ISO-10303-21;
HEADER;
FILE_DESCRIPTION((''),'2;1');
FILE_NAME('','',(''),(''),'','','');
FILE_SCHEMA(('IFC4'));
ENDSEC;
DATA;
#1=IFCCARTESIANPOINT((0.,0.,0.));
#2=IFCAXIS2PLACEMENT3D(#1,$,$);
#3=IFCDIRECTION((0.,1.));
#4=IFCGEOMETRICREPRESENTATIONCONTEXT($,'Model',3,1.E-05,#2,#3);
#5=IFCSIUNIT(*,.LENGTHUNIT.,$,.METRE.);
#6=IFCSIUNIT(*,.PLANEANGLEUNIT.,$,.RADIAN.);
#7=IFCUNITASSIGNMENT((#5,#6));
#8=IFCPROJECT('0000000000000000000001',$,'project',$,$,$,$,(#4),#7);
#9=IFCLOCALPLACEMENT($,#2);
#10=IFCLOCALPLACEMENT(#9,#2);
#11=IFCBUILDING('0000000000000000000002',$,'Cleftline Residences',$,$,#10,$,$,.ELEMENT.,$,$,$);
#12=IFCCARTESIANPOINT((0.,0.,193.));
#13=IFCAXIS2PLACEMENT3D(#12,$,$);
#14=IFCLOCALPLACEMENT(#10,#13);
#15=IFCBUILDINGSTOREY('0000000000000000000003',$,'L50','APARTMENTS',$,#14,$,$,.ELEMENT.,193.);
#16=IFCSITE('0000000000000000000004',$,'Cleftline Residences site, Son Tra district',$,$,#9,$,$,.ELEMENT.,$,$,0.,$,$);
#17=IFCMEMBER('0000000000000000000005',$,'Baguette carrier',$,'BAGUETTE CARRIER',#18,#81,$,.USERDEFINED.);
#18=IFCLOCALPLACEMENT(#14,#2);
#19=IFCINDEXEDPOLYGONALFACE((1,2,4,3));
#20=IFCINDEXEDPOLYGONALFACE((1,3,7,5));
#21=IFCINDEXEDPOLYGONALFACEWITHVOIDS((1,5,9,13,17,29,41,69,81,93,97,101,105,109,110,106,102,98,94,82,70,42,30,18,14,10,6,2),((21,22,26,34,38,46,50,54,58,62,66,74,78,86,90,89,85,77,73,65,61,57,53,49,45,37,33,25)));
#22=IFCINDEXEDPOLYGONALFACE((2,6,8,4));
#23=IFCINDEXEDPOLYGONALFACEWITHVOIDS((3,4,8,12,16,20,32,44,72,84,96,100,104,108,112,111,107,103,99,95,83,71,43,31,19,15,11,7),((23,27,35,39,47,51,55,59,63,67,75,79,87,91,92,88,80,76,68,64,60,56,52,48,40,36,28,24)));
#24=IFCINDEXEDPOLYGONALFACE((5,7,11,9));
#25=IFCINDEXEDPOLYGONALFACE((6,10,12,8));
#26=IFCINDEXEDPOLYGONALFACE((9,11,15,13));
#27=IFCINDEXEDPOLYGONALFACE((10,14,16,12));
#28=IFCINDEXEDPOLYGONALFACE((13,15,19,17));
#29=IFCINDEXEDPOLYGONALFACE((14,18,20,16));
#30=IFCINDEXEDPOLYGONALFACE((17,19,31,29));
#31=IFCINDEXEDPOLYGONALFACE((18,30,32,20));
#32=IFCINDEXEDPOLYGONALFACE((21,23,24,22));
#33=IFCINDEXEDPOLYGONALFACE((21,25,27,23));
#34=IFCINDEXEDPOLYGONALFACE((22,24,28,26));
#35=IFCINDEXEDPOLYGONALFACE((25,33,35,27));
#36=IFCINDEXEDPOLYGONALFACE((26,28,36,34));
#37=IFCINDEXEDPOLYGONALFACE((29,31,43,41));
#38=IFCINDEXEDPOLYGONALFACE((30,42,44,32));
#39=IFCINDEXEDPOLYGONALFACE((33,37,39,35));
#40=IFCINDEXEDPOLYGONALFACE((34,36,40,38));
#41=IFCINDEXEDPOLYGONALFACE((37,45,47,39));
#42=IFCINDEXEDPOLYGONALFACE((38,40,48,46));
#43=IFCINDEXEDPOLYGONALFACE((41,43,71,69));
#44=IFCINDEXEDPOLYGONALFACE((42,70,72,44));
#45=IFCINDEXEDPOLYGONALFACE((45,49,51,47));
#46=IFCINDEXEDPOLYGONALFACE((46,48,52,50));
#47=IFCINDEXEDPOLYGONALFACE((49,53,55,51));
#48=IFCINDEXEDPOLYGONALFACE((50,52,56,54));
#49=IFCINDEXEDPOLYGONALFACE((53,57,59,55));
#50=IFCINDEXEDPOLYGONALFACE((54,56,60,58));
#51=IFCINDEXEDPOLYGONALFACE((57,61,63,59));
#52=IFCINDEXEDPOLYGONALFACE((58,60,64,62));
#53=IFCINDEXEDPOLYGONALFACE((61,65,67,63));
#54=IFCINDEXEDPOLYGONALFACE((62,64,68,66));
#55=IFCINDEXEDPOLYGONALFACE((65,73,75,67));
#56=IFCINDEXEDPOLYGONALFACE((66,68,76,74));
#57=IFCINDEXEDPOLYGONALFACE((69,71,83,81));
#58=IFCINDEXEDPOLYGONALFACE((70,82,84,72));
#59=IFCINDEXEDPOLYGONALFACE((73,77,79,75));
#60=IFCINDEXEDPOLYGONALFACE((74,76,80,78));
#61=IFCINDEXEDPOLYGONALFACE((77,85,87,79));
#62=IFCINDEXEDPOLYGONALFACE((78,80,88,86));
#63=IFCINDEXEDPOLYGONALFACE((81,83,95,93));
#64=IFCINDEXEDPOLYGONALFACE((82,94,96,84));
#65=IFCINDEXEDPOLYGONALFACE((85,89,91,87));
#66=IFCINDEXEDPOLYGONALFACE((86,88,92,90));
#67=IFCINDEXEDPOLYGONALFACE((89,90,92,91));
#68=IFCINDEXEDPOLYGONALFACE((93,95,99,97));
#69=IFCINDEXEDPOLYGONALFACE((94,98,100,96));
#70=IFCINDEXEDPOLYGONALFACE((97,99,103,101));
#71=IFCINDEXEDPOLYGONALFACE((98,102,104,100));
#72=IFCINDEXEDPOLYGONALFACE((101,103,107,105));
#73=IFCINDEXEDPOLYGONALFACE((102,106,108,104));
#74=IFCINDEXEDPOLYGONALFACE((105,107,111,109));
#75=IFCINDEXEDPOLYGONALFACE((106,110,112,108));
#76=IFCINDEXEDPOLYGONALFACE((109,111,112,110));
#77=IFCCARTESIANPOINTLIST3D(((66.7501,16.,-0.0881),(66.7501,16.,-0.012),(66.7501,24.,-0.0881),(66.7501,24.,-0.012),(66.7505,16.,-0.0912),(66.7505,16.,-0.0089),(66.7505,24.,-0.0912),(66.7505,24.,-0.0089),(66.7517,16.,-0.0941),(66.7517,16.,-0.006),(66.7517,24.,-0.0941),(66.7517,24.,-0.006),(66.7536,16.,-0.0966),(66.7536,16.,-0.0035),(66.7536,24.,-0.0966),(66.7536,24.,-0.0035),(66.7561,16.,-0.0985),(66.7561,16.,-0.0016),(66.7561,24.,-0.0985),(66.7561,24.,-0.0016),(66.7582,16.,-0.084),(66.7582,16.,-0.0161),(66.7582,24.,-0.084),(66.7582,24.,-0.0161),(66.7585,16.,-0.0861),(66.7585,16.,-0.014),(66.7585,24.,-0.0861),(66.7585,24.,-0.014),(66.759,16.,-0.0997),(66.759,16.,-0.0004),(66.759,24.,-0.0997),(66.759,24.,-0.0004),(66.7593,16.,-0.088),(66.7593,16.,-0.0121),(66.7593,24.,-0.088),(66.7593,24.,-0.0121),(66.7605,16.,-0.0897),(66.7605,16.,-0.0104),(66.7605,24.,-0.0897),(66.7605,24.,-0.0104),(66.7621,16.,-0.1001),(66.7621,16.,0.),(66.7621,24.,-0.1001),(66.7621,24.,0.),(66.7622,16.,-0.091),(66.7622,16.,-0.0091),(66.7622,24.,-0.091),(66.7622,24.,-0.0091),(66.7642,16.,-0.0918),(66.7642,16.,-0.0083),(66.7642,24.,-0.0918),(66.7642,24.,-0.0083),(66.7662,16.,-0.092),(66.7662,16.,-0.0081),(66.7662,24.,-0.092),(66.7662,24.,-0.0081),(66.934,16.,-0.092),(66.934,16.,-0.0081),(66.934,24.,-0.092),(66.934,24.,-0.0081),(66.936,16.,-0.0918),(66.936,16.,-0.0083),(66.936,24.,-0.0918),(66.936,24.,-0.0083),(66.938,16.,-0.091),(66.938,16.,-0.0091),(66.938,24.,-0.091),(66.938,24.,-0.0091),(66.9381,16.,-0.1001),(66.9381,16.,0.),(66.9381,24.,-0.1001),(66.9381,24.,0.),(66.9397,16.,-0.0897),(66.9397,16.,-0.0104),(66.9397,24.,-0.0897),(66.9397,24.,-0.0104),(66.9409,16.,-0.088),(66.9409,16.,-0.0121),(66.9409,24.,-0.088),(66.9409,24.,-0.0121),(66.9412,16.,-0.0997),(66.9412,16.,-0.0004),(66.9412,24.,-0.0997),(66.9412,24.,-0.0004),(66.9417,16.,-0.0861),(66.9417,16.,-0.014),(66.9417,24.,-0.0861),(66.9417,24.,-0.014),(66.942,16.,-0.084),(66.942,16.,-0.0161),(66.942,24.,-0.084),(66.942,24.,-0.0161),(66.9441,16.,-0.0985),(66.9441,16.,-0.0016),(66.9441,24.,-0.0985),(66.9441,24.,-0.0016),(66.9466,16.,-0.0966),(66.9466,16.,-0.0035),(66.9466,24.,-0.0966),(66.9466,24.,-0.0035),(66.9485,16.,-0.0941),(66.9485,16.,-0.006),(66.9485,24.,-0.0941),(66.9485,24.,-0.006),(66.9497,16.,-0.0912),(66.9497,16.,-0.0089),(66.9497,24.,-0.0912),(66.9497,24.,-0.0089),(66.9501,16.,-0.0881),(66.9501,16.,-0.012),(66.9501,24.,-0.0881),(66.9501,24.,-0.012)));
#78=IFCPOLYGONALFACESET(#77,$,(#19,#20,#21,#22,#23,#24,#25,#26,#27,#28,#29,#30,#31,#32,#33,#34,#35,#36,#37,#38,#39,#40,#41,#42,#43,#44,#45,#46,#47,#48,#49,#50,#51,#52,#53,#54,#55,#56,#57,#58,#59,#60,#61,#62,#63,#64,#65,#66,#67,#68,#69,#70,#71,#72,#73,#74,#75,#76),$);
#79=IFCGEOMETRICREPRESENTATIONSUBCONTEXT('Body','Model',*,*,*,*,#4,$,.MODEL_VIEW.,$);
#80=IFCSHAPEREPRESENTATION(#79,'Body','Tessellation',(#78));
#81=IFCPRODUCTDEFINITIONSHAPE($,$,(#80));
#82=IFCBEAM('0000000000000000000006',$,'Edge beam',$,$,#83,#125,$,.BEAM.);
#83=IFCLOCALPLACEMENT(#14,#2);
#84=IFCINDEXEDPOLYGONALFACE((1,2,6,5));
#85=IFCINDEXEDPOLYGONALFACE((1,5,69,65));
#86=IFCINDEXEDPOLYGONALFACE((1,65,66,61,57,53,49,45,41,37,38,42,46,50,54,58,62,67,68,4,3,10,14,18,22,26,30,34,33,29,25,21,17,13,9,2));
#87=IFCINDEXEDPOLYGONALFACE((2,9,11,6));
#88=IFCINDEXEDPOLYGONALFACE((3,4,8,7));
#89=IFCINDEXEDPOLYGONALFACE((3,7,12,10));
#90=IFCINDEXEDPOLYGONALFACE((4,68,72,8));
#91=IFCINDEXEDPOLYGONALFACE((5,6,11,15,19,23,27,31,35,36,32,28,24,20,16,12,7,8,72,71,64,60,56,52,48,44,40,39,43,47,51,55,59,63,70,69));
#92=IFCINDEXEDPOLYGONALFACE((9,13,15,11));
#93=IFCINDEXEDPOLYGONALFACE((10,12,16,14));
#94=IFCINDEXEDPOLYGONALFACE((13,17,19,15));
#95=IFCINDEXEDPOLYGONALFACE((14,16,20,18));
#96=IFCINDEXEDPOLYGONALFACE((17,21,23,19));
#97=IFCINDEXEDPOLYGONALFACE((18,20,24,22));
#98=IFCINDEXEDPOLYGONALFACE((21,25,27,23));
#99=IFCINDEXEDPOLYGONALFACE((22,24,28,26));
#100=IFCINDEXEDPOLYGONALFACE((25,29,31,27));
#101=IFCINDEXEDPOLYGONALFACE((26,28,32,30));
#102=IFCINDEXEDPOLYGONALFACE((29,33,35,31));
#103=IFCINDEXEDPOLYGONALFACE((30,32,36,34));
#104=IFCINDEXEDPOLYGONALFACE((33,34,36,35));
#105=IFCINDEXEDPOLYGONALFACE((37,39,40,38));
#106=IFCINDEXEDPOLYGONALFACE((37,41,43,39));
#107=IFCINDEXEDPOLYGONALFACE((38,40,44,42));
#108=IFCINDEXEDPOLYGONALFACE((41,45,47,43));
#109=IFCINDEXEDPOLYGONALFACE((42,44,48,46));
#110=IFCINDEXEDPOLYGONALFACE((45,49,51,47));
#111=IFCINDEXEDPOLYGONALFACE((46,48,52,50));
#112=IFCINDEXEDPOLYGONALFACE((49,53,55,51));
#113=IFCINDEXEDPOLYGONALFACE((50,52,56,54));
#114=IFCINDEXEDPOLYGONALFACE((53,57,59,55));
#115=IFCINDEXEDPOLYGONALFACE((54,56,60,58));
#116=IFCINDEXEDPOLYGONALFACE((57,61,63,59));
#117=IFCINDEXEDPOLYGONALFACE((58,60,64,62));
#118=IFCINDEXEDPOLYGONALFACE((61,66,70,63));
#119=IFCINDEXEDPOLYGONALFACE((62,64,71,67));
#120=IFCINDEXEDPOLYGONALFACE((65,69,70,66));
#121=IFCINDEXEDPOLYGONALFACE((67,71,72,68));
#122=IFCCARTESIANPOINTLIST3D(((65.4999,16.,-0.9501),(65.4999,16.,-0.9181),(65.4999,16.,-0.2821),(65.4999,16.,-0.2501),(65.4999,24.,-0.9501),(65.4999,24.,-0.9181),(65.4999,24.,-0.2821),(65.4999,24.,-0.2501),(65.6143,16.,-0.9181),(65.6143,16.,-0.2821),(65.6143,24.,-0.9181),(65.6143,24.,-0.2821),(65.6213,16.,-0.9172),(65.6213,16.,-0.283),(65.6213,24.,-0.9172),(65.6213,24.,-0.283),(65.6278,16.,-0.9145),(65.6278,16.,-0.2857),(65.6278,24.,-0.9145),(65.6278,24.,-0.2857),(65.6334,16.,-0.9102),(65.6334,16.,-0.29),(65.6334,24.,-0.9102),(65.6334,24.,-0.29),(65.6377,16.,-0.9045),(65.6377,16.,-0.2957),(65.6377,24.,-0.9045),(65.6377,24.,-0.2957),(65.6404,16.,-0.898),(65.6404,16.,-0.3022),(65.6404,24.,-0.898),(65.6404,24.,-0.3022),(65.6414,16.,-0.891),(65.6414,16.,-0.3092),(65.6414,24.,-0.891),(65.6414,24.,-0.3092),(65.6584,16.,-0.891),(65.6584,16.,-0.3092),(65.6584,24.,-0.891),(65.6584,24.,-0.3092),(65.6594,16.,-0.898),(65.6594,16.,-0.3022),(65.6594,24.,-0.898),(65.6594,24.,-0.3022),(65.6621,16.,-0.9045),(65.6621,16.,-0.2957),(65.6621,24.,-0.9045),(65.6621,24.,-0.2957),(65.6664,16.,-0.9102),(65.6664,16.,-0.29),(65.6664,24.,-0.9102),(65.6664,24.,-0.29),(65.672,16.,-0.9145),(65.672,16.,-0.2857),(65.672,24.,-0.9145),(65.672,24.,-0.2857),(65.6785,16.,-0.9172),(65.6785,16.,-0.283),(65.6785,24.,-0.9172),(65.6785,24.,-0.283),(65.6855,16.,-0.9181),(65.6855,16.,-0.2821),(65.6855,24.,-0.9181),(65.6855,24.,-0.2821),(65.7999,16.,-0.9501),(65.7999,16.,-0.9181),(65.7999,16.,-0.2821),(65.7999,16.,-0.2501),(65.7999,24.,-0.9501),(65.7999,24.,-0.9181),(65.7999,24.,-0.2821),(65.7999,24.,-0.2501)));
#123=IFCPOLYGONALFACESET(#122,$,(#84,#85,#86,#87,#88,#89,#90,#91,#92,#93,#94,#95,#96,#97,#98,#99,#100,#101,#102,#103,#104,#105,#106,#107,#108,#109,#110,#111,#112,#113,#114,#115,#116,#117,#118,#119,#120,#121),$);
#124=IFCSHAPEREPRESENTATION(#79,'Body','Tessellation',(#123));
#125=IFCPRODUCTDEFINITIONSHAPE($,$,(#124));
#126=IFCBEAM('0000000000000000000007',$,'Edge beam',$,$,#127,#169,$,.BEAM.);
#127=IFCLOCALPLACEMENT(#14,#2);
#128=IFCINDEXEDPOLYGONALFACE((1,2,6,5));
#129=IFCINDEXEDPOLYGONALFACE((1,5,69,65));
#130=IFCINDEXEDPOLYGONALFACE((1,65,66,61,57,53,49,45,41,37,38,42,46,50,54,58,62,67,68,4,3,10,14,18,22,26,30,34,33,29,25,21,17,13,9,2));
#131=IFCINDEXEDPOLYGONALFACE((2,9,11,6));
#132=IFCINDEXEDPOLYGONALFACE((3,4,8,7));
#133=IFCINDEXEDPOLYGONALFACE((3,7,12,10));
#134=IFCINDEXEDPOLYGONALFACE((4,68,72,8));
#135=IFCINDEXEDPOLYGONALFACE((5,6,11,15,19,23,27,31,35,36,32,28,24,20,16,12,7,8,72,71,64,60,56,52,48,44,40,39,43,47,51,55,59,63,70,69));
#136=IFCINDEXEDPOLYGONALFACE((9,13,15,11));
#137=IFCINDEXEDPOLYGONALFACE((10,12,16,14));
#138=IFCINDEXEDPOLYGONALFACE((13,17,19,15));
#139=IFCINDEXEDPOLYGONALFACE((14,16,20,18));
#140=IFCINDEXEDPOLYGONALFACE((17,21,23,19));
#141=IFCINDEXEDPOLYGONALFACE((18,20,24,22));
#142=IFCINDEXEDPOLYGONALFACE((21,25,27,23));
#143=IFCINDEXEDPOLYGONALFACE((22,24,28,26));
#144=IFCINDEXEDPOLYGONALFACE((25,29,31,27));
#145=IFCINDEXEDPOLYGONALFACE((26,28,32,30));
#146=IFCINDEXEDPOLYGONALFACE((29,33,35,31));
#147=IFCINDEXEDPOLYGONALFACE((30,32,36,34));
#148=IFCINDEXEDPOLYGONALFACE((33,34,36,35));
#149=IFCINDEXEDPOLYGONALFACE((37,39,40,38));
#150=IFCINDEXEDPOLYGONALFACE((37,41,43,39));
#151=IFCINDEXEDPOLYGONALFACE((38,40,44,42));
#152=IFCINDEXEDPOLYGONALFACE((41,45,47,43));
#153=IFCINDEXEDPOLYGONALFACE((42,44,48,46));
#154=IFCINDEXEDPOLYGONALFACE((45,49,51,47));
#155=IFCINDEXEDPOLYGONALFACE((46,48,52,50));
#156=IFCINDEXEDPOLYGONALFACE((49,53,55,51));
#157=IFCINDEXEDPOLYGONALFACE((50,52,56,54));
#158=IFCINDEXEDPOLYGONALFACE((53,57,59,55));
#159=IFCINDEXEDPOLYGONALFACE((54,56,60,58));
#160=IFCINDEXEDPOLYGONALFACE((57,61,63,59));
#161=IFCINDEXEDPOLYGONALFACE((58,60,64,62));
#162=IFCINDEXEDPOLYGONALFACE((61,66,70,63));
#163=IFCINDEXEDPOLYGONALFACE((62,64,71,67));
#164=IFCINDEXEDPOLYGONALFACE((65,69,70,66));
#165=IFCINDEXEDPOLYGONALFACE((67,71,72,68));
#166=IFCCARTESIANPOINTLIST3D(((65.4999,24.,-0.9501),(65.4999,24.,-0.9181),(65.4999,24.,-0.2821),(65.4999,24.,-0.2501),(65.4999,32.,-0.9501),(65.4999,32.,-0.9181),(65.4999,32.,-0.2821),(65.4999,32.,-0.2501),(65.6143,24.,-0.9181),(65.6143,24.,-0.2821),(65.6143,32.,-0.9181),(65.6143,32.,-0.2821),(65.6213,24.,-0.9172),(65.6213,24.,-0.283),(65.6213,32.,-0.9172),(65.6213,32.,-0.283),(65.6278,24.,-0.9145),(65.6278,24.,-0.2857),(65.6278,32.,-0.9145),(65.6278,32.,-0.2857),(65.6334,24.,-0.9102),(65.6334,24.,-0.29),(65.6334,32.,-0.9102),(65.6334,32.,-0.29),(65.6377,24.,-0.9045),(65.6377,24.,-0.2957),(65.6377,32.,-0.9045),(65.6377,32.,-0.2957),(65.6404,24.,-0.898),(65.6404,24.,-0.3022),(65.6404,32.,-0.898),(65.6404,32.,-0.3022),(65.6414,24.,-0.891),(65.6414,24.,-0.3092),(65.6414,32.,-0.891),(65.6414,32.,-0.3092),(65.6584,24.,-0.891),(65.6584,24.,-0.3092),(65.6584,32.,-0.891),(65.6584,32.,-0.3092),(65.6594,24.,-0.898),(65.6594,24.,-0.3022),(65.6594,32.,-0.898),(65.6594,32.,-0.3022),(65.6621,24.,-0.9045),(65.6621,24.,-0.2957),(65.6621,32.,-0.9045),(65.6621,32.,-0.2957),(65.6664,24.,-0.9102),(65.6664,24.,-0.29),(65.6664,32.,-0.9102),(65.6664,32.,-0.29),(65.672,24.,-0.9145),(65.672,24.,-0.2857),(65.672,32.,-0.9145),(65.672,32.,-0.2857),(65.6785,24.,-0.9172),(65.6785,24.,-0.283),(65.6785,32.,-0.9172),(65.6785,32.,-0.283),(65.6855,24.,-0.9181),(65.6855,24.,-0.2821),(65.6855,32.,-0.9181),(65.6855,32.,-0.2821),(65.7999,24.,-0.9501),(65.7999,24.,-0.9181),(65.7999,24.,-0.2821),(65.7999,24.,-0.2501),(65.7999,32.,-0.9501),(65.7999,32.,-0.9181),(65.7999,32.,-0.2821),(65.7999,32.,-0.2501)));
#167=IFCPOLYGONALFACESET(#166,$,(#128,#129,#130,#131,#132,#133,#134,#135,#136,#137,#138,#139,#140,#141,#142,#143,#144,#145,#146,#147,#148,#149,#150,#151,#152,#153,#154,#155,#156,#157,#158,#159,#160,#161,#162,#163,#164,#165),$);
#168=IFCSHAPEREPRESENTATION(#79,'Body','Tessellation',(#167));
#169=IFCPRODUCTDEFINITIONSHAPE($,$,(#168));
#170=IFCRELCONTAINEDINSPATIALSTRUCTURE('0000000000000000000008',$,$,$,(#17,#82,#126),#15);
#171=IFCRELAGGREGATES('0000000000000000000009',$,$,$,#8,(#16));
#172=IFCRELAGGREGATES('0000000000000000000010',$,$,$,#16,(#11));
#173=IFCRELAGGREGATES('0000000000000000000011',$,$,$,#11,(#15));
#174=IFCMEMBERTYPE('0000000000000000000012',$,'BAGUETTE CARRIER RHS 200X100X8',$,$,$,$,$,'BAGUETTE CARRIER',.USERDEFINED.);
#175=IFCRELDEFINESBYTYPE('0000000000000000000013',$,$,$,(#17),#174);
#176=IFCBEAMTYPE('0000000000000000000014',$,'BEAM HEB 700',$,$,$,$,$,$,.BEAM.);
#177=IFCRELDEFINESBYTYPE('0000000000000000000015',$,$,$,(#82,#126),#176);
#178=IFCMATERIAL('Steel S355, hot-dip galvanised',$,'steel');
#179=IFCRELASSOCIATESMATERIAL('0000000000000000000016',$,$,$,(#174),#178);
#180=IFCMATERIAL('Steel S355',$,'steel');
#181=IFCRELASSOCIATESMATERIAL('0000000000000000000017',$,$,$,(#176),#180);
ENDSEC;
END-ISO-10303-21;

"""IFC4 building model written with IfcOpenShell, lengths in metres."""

from ifc_helpers import new_model, si_unit, direction, frame, origin, origin_2d, place, context, subcontext, project, spatial, hollow_rectangle, i_section, extrude, material, material_profile, profile_set, type_object, element, save


model = new_model("IFC4")

# Units and contexts
model_context = context("Model", 3, precision=1e-05, world=origin(), true_north=direction((0.0, 1.0)))
body_context = subcontext(model_context, "Body", "Model", "MODEL_VIEW")
ifc_project = project(units=[si_unit("LENGTHUNIT", "METRE"), si_unit("PLANEANGLEUNIT", "RADIAN")], contexts=[model_context])

# Site, building, storey
site_placement = place(None, origin())
site = spatial("IfcSite", under=ifc_project, at=site_placement, Name="Cleftline Residences site, Son Tra district", CompositionType="ELEMENT", RefElevation=0.0)
building_placement = place(site_placement, origin())
building = spatial("IfcBuilding", under=site, at=building_placement, Name="Cleftline Residences", CompositionType="ELEMENT")
storey_placement = place(building_placement, frame((0.0, 0.0, 193.0)))
storey = spatial("IfcBuildingStorey", under=building, at=storey_placement, Name="L50", Description="APARTMENTS", CompositionType="ELEMENT", Elevation=193.0)

# Member
ifc_material_1 = material(Name="Steel S355, hot-dip galvanised", Category="steel")
ifc_material_profile_1 = material_profile(ifc_material_1, hollow_rectangle(XDim=0.1001, YDim=0.2, WallThickness=0.0081, InnerFilletRadius=0.0081, OuterFilletRadius=0.012, at=origin_2d()))
ifc_profile_set_1 = profile_set([ifc_material_profile_1], Name="Steel S355, hot-dip galvanised")
member_type_1 = type_object("IfcMemberType", Name="BAGUETTE CARRIER RHS 200X100X8", ElementType="BAGUETTE CARRIER", PredefinedType="USERDEFINED", material=ifc_profile_set_1)
member_placement = place(storey_placement, frame((66.8501, 16.0, -0.05), z_axis=(0.0, 1.0, 0.0), x_axis=(0.0, 0.0, 1.0)))
element("IfcMember", 1, at=member_placement, inside=storey, type_object=member_type_1, Name="Baguette carrier", ObjectType="BAGUETTE CARRIER", PredefinedType="USERDEFINED", context=body_context, shape_type="SweptSolid", body=[
    extrude(hollow_rectangle(XDim=0.1001, YDim=0.2, WallThickness=0.0081, InnerFilletRadius=0.0081, OuterFilletRadius=0.012, at=origin_2d()), origin(), (0.0, 0.0, 1.0), 8.0),
])

# Beams
ifc_material_2 = material(Name="Steel S355", Category="steel")
ifc_material_profile_2 = material_profile(ifc_material_2, i_section(OverallWidth=0.3, OverallDepth=0.7, WebThickness=0.0171, FlangeThickness=0.032, FilletRadius=0.0271, at=origin_2d()))
ifc_profile_set_2 = profile_set([ifc_material_profile_2], Name="Steel S355")
beam_type_1 = type_object("IfcBeamType", Name="BEAM HEB 700", PredefinedType="BEAM", material=ifc_profile_set_2)
for number, where, z_axis, x_axis, name in (
    (2, (65.6499, 16.0, -0.6001), (0.0, 1.0, 0.0), (-1.0, 0.0, 0.0), "Edge beam"),
    (3, (65.6499, 24.0, -0.6001), (0.0, 1.0, 0.0), (-1.0, 0.0, 0.0), "Edge beam"),
):
    element("IfcBeam", number, at=place(storey_placement, frame(where, z_axis=z_axis, x_axis=x_axis)), inside=storey, type_object=beam_type_1, Name=name, PredefinedType="BEAM", context=body_context, shape_type="SweptSolid", body=[
        extrude(i_section(OverallWidth=0.3, OverallDepth=0.7, WebThickness=0.0171, FlangeThickness=0.032, FilletRadius=0.0271, at=origin_2d()), origin(), (0.0, 0.0, 1.0), 8.0),
    ])

save(model, "model.ifc")
